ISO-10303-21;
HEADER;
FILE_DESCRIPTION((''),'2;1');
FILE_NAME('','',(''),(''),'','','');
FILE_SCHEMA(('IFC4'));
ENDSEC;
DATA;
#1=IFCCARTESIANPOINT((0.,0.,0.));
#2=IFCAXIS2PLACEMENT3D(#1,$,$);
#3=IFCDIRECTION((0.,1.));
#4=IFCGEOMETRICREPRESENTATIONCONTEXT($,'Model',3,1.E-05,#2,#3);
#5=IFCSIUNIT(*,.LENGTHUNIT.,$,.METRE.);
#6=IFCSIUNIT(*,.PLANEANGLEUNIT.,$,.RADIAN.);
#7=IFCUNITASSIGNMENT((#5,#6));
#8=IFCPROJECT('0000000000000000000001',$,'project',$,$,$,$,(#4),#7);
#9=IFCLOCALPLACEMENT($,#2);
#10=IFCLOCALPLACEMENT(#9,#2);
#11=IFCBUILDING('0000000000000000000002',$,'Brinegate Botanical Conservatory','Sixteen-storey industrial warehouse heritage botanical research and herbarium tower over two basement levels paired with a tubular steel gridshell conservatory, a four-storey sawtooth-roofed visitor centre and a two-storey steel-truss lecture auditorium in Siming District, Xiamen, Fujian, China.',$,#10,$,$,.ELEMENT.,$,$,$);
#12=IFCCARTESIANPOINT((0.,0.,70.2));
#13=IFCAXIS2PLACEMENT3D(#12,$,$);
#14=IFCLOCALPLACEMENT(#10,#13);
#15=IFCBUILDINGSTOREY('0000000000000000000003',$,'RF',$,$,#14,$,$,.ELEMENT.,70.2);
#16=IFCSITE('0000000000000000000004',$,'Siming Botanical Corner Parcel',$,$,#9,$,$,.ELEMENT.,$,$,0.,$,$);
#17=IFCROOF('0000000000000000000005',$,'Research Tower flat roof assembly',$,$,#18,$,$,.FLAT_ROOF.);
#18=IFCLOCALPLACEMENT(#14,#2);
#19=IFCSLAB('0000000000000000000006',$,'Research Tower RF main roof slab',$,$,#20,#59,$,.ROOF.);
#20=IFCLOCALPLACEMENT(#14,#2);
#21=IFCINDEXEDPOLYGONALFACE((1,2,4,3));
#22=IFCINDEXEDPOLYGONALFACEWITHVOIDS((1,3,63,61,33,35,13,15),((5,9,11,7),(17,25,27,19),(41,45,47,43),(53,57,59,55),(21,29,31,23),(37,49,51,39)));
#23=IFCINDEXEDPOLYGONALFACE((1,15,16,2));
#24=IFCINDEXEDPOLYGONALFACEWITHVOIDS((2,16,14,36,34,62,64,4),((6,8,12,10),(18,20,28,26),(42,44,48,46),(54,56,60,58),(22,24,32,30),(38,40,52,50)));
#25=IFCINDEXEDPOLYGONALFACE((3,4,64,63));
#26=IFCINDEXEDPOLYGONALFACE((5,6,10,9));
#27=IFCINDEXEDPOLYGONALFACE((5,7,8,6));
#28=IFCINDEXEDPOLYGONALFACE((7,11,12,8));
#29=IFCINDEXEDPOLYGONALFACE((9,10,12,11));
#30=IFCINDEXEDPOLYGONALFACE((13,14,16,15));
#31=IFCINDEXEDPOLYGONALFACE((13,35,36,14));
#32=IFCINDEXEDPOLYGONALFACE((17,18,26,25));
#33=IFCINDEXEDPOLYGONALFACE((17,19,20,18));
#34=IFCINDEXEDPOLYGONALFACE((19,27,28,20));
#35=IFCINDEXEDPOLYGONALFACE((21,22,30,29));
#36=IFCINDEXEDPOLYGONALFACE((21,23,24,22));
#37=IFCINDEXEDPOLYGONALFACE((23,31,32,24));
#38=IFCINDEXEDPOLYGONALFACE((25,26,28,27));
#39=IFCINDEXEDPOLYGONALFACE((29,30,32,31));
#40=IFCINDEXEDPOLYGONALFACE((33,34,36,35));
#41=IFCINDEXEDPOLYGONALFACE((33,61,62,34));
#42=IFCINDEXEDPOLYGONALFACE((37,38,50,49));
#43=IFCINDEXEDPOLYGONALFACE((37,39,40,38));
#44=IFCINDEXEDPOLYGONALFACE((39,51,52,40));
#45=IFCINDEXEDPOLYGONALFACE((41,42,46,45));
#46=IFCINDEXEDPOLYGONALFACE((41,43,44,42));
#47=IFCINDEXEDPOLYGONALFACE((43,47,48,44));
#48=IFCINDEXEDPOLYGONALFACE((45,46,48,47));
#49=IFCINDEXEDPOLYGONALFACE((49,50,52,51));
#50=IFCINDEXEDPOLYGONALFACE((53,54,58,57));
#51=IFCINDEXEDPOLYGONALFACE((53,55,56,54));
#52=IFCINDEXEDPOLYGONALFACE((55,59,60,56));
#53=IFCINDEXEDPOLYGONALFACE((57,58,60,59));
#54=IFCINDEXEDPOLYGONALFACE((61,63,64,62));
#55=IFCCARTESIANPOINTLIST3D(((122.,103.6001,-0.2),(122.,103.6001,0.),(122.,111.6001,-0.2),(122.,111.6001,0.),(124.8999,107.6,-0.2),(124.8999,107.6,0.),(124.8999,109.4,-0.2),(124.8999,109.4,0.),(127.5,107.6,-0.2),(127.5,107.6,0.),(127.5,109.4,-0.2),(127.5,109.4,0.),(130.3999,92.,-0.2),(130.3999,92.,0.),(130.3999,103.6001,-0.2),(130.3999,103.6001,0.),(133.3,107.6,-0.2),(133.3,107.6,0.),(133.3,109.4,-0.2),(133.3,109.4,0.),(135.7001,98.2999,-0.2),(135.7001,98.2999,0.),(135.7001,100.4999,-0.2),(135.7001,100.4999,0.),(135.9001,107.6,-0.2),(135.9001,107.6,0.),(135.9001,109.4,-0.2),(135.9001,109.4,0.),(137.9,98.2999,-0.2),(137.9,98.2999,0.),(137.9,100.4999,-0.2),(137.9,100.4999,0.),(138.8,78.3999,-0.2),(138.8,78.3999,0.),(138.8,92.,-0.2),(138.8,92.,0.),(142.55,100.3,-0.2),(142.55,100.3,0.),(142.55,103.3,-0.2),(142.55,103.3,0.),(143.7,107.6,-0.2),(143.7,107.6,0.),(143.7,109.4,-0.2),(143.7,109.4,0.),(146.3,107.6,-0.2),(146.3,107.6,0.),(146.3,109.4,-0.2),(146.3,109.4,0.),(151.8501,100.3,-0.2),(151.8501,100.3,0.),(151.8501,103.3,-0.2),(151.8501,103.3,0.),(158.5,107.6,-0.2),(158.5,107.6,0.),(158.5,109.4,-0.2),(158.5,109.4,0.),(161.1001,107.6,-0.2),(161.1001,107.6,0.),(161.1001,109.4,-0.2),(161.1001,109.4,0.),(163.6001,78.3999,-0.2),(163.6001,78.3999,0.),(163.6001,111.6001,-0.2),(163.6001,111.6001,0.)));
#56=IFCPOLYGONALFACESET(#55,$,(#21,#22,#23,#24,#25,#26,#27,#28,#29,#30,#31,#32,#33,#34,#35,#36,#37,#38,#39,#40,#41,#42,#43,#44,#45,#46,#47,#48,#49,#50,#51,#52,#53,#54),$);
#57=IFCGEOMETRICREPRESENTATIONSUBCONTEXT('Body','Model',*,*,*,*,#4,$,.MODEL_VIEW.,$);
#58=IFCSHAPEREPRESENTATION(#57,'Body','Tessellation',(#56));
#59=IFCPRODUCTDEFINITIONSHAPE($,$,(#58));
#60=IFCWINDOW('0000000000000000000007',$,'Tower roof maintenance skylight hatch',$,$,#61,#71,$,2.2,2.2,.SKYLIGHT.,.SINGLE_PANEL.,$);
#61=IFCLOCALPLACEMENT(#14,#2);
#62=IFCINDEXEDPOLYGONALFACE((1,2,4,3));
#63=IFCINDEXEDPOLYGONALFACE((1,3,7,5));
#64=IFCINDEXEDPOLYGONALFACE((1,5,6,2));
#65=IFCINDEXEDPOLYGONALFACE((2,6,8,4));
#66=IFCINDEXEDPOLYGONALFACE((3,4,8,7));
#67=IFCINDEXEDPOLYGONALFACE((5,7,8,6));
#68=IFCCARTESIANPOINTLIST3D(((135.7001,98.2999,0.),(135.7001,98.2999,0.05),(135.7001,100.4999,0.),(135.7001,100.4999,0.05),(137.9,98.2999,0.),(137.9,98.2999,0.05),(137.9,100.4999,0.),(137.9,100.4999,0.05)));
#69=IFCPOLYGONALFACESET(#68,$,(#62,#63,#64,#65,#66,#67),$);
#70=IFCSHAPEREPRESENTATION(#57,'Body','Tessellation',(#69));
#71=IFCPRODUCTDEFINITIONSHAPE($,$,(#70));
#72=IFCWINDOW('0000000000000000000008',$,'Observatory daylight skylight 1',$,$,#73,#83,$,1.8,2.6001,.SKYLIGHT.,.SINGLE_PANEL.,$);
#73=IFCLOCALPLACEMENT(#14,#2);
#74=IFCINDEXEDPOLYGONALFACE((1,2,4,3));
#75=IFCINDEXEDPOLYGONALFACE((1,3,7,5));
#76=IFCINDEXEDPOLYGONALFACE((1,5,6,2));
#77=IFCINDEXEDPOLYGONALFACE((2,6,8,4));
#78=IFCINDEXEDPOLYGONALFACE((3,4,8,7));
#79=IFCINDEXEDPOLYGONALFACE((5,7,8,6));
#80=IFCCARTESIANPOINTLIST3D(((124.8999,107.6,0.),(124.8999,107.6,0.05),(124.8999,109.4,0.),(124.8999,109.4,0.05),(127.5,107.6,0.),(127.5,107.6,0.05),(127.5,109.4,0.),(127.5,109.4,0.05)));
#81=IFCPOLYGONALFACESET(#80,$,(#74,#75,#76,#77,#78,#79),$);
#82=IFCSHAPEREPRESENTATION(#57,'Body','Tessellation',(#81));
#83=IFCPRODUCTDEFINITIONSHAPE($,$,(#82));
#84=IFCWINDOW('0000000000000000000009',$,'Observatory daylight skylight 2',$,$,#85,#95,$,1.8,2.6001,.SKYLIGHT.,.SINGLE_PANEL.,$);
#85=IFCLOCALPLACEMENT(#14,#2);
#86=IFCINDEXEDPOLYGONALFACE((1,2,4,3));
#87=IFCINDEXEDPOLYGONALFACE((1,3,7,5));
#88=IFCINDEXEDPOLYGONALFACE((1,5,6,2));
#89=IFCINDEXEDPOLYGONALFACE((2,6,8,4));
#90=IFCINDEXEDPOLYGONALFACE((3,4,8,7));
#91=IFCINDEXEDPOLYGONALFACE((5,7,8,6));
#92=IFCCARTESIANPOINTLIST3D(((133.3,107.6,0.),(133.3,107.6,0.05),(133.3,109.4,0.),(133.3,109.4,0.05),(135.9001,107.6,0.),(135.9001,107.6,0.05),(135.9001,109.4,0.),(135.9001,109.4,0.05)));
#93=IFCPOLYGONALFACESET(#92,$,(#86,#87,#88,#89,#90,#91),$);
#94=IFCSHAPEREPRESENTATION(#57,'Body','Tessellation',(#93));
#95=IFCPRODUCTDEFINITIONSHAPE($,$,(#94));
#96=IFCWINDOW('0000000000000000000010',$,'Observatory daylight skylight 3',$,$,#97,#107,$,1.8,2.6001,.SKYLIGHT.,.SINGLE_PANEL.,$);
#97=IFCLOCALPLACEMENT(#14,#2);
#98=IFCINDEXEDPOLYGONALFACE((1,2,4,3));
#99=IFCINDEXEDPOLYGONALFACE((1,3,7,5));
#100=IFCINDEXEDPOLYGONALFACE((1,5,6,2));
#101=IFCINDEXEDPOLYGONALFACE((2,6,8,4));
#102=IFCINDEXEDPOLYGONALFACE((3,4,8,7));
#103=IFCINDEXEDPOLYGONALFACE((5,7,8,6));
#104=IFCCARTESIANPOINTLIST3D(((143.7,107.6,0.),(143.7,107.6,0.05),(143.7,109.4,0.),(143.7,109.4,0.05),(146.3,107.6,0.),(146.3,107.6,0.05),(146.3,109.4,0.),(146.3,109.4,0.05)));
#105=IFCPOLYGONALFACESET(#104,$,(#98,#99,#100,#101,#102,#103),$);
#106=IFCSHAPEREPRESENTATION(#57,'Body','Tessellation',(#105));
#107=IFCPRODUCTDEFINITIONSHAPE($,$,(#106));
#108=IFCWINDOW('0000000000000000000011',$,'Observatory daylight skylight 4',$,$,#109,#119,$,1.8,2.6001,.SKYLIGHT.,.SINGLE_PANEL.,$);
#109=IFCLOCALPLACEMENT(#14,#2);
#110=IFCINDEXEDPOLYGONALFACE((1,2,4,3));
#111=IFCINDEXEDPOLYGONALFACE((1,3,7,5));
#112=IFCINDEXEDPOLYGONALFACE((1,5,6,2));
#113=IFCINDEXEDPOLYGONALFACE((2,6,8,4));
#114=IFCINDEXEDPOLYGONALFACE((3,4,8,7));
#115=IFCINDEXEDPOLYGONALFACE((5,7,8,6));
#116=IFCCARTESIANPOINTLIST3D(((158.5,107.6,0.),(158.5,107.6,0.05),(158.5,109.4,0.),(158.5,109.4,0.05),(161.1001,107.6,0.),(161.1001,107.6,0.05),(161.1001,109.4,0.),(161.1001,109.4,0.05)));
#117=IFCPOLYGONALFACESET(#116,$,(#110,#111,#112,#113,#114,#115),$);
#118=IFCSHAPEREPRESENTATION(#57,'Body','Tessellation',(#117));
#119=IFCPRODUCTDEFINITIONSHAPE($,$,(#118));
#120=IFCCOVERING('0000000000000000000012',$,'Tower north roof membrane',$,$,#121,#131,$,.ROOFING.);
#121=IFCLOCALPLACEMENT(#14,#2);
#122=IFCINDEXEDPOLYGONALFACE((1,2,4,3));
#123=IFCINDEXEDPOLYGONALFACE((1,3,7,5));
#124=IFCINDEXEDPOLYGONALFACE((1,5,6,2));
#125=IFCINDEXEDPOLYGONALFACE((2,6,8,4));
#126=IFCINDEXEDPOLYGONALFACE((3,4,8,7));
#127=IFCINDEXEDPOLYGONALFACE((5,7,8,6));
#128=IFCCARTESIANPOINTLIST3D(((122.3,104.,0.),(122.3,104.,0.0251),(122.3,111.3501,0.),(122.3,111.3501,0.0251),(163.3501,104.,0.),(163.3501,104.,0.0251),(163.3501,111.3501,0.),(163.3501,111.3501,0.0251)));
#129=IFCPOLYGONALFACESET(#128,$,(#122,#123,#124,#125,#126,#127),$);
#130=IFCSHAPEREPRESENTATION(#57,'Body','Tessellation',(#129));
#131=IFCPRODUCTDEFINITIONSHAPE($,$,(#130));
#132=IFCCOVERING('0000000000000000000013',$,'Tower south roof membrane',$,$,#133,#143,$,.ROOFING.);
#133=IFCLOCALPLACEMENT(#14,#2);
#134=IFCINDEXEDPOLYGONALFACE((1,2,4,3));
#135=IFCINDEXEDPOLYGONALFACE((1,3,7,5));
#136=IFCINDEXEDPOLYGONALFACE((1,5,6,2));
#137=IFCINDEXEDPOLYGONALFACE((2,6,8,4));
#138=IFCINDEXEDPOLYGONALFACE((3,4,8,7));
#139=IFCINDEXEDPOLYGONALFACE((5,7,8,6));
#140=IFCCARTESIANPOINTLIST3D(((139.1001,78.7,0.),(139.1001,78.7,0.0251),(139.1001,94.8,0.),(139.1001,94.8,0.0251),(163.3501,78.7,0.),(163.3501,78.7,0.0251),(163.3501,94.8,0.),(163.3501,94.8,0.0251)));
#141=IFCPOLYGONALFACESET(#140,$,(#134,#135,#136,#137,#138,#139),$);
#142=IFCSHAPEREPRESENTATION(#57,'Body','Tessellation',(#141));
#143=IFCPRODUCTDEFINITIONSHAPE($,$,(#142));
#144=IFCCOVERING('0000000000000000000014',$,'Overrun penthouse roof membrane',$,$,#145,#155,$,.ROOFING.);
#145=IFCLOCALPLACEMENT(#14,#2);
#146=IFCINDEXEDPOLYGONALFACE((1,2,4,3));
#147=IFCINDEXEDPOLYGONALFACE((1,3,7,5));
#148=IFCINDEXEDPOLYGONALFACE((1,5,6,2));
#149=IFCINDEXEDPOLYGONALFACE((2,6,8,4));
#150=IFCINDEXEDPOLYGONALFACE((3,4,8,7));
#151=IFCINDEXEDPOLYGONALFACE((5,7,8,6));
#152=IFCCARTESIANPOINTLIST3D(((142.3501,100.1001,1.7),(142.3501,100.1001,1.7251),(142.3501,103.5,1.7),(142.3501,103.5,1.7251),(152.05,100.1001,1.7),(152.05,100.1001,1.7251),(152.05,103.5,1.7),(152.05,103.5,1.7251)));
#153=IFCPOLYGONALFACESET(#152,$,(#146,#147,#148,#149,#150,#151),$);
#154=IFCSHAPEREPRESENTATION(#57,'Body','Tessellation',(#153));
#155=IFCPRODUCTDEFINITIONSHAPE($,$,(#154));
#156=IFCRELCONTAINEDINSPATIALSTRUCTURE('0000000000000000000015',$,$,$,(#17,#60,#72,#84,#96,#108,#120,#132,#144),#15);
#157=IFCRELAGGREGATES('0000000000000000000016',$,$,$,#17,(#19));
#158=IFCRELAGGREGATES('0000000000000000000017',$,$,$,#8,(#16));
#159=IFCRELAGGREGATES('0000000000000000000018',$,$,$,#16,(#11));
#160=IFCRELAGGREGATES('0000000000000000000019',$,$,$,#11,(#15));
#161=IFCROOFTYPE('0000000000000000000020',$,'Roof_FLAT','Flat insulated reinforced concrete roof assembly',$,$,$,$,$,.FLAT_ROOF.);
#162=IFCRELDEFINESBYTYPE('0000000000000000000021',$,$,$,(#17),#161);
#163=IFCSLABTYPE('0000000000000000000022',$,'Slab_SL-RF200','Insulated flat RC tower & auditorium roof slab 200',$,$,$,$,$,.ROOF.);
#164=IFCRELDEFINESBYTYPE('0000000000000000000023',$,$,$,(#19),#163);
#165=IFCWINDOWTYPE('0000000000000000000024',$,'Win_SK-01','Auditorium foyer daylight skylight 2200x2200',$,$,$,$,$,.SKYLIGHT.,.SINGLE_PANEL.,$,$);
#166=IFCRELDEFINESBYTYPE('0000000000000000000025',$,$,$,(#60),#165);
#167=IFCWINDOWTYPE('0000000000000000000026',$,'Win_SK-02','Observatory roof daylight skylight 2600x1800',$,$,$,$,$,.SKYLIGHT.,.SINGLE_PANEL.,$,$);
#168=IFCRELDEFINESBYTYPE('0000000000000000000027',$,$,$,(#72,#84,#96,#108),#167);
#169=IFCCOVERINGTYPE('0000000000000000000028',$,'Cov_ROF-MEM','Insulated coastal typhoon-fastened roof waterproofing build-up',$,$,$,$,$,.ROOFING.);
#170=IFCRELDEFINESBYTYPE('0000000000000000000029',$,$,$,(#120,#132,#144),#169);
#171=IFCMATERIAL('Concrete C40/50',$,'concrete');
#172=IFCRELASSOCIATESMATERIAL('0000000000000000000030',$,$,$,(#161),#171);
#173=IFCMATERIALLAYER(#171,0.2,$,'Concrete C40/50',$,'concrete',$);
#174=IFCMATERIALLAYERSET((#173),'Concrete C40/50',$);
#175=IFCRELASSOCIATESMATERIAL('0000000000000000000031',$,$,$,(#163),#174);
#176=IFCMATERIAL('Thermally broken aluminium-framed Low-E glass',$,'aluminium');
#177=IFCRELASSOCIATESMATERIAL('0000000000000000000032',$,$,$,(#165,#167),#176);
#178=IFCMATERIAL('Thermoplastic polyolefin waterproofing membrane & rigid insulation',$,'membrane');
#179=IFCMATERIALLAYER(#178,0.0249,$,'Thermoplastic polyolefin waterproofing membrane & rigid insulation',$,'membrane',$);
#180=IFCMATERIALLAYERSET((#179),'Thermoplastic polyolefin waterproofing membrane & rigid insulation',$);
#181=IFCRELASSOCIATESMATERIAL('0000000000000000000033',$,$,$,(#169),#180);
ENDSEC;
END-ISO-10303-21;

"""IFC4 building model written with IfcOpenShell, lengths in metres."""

from ifc_helpers import new_model, si_unit, direction, frame, origin, origin_2d, place, context, subcontext, project, spatial, polyline, rectangle, outline, extrude, material, layer, layer_set, type_object, element, fill, aggregate, save


model = new_model("IFC4")

# Units and contexts
model_context = context("Model", 3, precision=1e-05, world=origin(), true_north=direction((0.0, 1.0)))
body_context = subcontext(model_context, "Body", "Model", "MODEL_VIEW")
ifc_project = project(units=[si_unit("LENGTHUNIT", "METRE"), si_unit("PLANEANGLEUNIT", "RADIAN")], contexts=[model_context])

# Site, building, storey
site_placement = place(None, origin())
site = spatial("IfcSite", under=ifc_project, at=site_placement, Name="Siming Botanical Corner Parcel", CompositionType="ELEMENT", RefElevation=0.0)
building_placement = place(site_placement, origin())
building = spatial("IfcBuilding", under=site, at=building_placement, Name="Brinegate Botanical Conservatory", Description="Sixteen-storey industrial warehouse heritage botanical research and herbarium tower over two basement levels paired with a tubular steel gridshell conservatory, a four-storey sawtooth-roofed visitor centre and a two-storey steel-truss lecture auditorium in Siming District, Xiamen, Fujian, China.", CompositionType="ELEMENT")
storey_placement = place(building_placement, frame((0.0, 0.0, 70.2)))
storey = spatial("IfcBuildingStorey", under=building, at=storey_placement, Name="RF", CompositionType="ELEMENT", Elevation=70.2)

# Shared definitions
ifc_material_1 = material(Name="Concrete C40/50", Category="concrete")

# Roof, slab, openings, windows
roof_type = type_object("IfcRoofType", Name="Roof_FLAT", Description="Flat insulated reinforced concrete roof assembly", PredefinedType="FLAT_ROOF", material=ifc_material_1)
roof_placement = place(storey_placement, origin())
roof = element("IfcRoof", 1, at=roof_placement, inside=storey, type_object=roof_type, Name="Research Tower flat roof assembly", PredefinedType="FLAT_ROOF")
ifc_layer_1 = layer(ifc_material_1, 0.2, Name="Concrete C40/50", Category="concrete")
ifc_layer_set_1 = layer_set([ifc_layer_1], Name="Concrete C40/50")
slab_type_1 = type_object("IfcSlabType", Name="Slab_SL-RF200", Description="Insulated flat RC tower & auditorium roof slab 200", PredefinedType="ROOF", material=ifc_layer_set_1)
slab_1_placement = place(storey_placement, frame((0.0, 0.0, -0.2)))
slab_1 = element("IfcSlab", 2, at=slab_1_placement, type_object=slab_type_1, Name="Research Tower RF main roof slab", PredefinedType="ROOF", context=body_context, shape_type="SweptSolid", body=[
    extrude(outline(polyline([(138.8, 78.3999), (163.6001, 78.3999), (163.6001, 111.6001), (122.0, 111.6001), (122.0, 103.6001), (130.3999, 103.6001), (130.3999, 92.0), (138.8, 92.0), (138.8, 78.3999)]), holes=[polyline([(142.55, 100.3), (151.8501, 100.3), (151.8501, 103.3), (142.55, 103.3), (142.55, 100.3)])]), origin(), (0.0, 0.0, 1.0), 0.2),
])
opening_1_placement = place(slab_1_placement, frame((136.8, 99.3999, -0.01)))
opening_1 = element("IfcOpeningElement", 3, at=opening_1_placement, cuts=slab_1, PredefinedType="OPENING", context=body_context, shape_type="SweptSolid", body=[
    extrude(rectangle(XDim=2.2, YDim=2.2, at=origin_2d()), origin(), (0.0, 0.0, 1.0), 0.27),
])
opening_2_placement = place(slab_1_placement, frame((126.2, 108.5, -0.01)))
opening_2 = element("IfcOpeningElement", 4, at=opening_2_placement, cuts=slab_1, PredefinedType="OPENING", context=body_context, shape_type="SweptSolid", body=[
    extrude(rectangle(XDim=2.6001, YDim=1.8, at=origin_2d()), origin(), (0.0, 0.0, 1.0), 0.27),
])
opening_3_placement = place(slab_1_placement, frame((134.6001, 108.5, -0.01)))
opening_3 = element("IfcOpeningElement", 5, at=opening_3_placement, cuts=slab_1, PredefinedType="OPENING", context=body_context, shape_type="SweptSolid", body=[
    extrude(rectangle(XDim=2.6001, YDim=1.8, at=origin_2d()), origin(), (0.0, 0.0, 1.0), 0.27),
])
opening_4_placement = place(slab_1_placement, frame((145.0, 108.5, -0.01)))
opening_4 = element("IfcOpeningElement", 6, at=opening_4_placement, cuts=slab_1, PredefinedType="OPENING", context=body_context, shape_type="SweptSolid", body=[
    extrude(rectangle(XDim=2.6001, YDim=1.8, at=origin_2d()), origin(), (0.0, 0.0, 1.0), 0.27),
])
opening_5_placement = place(slab_1_placement, frame((159.8, 108.5, -0.01)))
opening_5 = element("IfcOpeningElement", 7, at=opening_5_placement, cuts=slab_1, PredefinedType="OPENING", context=body_context, shape_type="SweptSolid", body=[
    extrude(rectangle(XDim=2.6001, YDim=1.8, at=origin_2d()), origin(), (0.0, 0.0, 1.0), 0.27),
])
ifc_material_2 = material(Name="Thermally broken aluminium-framed Low-E glass", Category="aluminium")
window_type_1 = type_object("IfcWindowType", Name="Win_SK-01", Description="Auditorium foyer daylight skylight 2200x2200", PartitioningType="SINGLE_PANEL", PredefinedType="SKYLIGHT", material=ifc_material_2)
window_1_placement = place(slab_1_placement, frame((136.8, 99.3999, 0.2)))
window_1 = element("IfcWindow", 8, at=window_1_placement, inside=storey, type_object=window_type_1, Name="Tower roof maintenance skylight hatch", OverallHeight=2.2, OverallWidth=2.2, PartitioningType="SINGLE_PANEL", PredefinedType="SKYLIGHT", context=body_context, shape_type="SweptSolid", body=[
    extrude(rectangle(XDim=2.2, YDim=2.2, at=origin_2d()), origin(), (0.0, 0.0, 1.0), 0.05),
])
fill(opening_1, window_1)
window_type_2 = type_object("IfcWindowType", Name="Win_SK-02", Description="Observatory roof daylight skylight 2600x1800", PartitioningType="SINGLE_PANEL", PredefinedType="SKYLIGHT", material=ifc_material_2)
window_2_placement = place(slab_1_placement, frame((126.2, 108.5, 0.2)))
window_2 = element("IfcWindow", 9, at=window_2_placement, inside=storey, type_object=window_type_2, Name="Observatory daylight skylight 1", OverallHeight=1.8, OverallWidth=2.6001, PartitioningType="SINGLE_PANEL", PredefinedType="SKYLIGHT", context=body_context, shape_type="SweptSolid", body=[
    extrude(rectangle(XDim=2.6001, YDim=1.8, at=origin_2d()), origin(), (0.0, 0.0, 1.0), 0.05),
])
fill(opening_2, window_2)
window_3_placement = place(slab_1_placement, frame((134.6001, 108.5, 0.2)))
window_3 = element("IfcWindow", 10, at=window_3_placement, inside=storey, type_object=window_type_2, Name="Observatory daylight skylight 2", OverallHeight=1.8, OverallWidth=2.6001, PartitioningType="SINGLE_PANEL", PredefinedType="SKYLIGHT", context=body_context, shape_type="SweptSolid", body=[
    extrude(rectangle(XDim=2.6001, YDim=1.8, at=origin_2d()), origin(), (0.0, 0.0, 1.0), 0.05),
])
fill(opening_3, window_3)
window_4_placement = place(slab_1_placement, frame((145.0, 108.5, 0.2)))
window_4 = element("IfcWindow", 11, at=window_4_placement, inside=storey, type_object=window_type_2, Name="Observatory daylight skylight 3", OverallHeight=1.8, OverallWidth=2.6001, PartitioningType="SINGLE_PANEL", PredefinedType="SKYLIGHT", context=body_context, shape_type="SweptSolid", body=[
    extrude(rectangle(XDim=2.6001, YDim=1.8, at=origin_2d()), origin(), (0.0, 0.0, 1.0), 0.05),
])
fill(opening_4, window_4)
window_5_placement = place(slab_1_placement, frame((159.8, 108.5, 0.2)))
window_5 = element("IfcWindow", 12, at=window_5_placement, inside=storey, type_object=window_type_2, Name="Observatory daylight skylight 4", OverallHeight=1.8, OverallWidth=2.6001, PartitioningType="SINGLE_PANEL", PredefinedType="SKYLIGHT", context=body_context, shape_type="SweptSolid", body=[
    extrude(rectangle(XDim=2.6001, YDim=1.8, at=origin_2d()), origin(), (0.0, 0.0, 1.0), 0.05),
])
fill(opening_5, window_5)
aggregate(roof, [slab_1])

# Coverings
ifc_material_3 = material(Name="Thermoplastic polyolefin waterproofing membrane & rigid insulation", Category="membrane")
ifc_layer_2 = layer(ifc_material_3, 0.0249, Name="Thermoplastic polyolefin waterproofing membrane & rigid insulation", Category="membrane")
ifc_layer_set_2 = layer_set([ifc_layer_2], Name="Thermoplastic polyolefin waterproofing membrane & rigid insulation")
covering_type = type_object("IfcCoveringType", Name="Cov_ROF-MEM", Description="Insulated coastal typhoon-fastened roof waterproofing build-up", PredefinedType="ROOFING", material=ifc_layer_set_2)
covering_1_placement = place(storey_placement, origin())
element("IfcCovering", 13, at=covering_1_placement, inside=storey, type_object=covering_type, Name="Tower north roof membrane", PredefinedType="ROOFING", context=body_context, shape_type="SweptSolid", body=[
    extrude(outline(polyline([(122.3, 104.0), (163.3501, 104.0), (163.3501, 111.3501), (122.3, 111.3501), (122.3, 104.0)])), origin(), (0.0, 0.0, 1.0), 0.0251),
])
covering_2_placement = place(storey_placement, origin())
element("IfcCovering", 14, at=covering_2_placement, inside=storey, type_object=covering_type, Name="Tower south roof membrane", PredefinedType="ROOFING", context=body_context, shape_type="SweptSolid", body=[
    extrude(outline(polyline([(139.1001, 78.7), (163.3501, 78.7), (163.3501, 94.8), (139.1001, 94.8), (139.1001, 78.7)])), origin(), (0.0, 0.0, 1.0), 0.0251),
])
covering_3_placement = place(storey_placement, frame((0.0, 0.0, 1.7)))
element("IfcCovering", 15, at=covering_3_placement, inside=storey, type_object=covering_type, Name="Overrun penthouse roof membrane", PredefinedType="ROOFING", context=body_context, shape_type="SweptSolid", body=[
    extrude(outline(polyline([(142.3501, 100.1001), (152.05, 100.1001), (152.05, 103.5), (142.3501, 103.5), (142.3501, 100.1001)])), origin(), (0.0, 0.0, 1.0), 0.0251),
])

save(model, "model.ifc")
